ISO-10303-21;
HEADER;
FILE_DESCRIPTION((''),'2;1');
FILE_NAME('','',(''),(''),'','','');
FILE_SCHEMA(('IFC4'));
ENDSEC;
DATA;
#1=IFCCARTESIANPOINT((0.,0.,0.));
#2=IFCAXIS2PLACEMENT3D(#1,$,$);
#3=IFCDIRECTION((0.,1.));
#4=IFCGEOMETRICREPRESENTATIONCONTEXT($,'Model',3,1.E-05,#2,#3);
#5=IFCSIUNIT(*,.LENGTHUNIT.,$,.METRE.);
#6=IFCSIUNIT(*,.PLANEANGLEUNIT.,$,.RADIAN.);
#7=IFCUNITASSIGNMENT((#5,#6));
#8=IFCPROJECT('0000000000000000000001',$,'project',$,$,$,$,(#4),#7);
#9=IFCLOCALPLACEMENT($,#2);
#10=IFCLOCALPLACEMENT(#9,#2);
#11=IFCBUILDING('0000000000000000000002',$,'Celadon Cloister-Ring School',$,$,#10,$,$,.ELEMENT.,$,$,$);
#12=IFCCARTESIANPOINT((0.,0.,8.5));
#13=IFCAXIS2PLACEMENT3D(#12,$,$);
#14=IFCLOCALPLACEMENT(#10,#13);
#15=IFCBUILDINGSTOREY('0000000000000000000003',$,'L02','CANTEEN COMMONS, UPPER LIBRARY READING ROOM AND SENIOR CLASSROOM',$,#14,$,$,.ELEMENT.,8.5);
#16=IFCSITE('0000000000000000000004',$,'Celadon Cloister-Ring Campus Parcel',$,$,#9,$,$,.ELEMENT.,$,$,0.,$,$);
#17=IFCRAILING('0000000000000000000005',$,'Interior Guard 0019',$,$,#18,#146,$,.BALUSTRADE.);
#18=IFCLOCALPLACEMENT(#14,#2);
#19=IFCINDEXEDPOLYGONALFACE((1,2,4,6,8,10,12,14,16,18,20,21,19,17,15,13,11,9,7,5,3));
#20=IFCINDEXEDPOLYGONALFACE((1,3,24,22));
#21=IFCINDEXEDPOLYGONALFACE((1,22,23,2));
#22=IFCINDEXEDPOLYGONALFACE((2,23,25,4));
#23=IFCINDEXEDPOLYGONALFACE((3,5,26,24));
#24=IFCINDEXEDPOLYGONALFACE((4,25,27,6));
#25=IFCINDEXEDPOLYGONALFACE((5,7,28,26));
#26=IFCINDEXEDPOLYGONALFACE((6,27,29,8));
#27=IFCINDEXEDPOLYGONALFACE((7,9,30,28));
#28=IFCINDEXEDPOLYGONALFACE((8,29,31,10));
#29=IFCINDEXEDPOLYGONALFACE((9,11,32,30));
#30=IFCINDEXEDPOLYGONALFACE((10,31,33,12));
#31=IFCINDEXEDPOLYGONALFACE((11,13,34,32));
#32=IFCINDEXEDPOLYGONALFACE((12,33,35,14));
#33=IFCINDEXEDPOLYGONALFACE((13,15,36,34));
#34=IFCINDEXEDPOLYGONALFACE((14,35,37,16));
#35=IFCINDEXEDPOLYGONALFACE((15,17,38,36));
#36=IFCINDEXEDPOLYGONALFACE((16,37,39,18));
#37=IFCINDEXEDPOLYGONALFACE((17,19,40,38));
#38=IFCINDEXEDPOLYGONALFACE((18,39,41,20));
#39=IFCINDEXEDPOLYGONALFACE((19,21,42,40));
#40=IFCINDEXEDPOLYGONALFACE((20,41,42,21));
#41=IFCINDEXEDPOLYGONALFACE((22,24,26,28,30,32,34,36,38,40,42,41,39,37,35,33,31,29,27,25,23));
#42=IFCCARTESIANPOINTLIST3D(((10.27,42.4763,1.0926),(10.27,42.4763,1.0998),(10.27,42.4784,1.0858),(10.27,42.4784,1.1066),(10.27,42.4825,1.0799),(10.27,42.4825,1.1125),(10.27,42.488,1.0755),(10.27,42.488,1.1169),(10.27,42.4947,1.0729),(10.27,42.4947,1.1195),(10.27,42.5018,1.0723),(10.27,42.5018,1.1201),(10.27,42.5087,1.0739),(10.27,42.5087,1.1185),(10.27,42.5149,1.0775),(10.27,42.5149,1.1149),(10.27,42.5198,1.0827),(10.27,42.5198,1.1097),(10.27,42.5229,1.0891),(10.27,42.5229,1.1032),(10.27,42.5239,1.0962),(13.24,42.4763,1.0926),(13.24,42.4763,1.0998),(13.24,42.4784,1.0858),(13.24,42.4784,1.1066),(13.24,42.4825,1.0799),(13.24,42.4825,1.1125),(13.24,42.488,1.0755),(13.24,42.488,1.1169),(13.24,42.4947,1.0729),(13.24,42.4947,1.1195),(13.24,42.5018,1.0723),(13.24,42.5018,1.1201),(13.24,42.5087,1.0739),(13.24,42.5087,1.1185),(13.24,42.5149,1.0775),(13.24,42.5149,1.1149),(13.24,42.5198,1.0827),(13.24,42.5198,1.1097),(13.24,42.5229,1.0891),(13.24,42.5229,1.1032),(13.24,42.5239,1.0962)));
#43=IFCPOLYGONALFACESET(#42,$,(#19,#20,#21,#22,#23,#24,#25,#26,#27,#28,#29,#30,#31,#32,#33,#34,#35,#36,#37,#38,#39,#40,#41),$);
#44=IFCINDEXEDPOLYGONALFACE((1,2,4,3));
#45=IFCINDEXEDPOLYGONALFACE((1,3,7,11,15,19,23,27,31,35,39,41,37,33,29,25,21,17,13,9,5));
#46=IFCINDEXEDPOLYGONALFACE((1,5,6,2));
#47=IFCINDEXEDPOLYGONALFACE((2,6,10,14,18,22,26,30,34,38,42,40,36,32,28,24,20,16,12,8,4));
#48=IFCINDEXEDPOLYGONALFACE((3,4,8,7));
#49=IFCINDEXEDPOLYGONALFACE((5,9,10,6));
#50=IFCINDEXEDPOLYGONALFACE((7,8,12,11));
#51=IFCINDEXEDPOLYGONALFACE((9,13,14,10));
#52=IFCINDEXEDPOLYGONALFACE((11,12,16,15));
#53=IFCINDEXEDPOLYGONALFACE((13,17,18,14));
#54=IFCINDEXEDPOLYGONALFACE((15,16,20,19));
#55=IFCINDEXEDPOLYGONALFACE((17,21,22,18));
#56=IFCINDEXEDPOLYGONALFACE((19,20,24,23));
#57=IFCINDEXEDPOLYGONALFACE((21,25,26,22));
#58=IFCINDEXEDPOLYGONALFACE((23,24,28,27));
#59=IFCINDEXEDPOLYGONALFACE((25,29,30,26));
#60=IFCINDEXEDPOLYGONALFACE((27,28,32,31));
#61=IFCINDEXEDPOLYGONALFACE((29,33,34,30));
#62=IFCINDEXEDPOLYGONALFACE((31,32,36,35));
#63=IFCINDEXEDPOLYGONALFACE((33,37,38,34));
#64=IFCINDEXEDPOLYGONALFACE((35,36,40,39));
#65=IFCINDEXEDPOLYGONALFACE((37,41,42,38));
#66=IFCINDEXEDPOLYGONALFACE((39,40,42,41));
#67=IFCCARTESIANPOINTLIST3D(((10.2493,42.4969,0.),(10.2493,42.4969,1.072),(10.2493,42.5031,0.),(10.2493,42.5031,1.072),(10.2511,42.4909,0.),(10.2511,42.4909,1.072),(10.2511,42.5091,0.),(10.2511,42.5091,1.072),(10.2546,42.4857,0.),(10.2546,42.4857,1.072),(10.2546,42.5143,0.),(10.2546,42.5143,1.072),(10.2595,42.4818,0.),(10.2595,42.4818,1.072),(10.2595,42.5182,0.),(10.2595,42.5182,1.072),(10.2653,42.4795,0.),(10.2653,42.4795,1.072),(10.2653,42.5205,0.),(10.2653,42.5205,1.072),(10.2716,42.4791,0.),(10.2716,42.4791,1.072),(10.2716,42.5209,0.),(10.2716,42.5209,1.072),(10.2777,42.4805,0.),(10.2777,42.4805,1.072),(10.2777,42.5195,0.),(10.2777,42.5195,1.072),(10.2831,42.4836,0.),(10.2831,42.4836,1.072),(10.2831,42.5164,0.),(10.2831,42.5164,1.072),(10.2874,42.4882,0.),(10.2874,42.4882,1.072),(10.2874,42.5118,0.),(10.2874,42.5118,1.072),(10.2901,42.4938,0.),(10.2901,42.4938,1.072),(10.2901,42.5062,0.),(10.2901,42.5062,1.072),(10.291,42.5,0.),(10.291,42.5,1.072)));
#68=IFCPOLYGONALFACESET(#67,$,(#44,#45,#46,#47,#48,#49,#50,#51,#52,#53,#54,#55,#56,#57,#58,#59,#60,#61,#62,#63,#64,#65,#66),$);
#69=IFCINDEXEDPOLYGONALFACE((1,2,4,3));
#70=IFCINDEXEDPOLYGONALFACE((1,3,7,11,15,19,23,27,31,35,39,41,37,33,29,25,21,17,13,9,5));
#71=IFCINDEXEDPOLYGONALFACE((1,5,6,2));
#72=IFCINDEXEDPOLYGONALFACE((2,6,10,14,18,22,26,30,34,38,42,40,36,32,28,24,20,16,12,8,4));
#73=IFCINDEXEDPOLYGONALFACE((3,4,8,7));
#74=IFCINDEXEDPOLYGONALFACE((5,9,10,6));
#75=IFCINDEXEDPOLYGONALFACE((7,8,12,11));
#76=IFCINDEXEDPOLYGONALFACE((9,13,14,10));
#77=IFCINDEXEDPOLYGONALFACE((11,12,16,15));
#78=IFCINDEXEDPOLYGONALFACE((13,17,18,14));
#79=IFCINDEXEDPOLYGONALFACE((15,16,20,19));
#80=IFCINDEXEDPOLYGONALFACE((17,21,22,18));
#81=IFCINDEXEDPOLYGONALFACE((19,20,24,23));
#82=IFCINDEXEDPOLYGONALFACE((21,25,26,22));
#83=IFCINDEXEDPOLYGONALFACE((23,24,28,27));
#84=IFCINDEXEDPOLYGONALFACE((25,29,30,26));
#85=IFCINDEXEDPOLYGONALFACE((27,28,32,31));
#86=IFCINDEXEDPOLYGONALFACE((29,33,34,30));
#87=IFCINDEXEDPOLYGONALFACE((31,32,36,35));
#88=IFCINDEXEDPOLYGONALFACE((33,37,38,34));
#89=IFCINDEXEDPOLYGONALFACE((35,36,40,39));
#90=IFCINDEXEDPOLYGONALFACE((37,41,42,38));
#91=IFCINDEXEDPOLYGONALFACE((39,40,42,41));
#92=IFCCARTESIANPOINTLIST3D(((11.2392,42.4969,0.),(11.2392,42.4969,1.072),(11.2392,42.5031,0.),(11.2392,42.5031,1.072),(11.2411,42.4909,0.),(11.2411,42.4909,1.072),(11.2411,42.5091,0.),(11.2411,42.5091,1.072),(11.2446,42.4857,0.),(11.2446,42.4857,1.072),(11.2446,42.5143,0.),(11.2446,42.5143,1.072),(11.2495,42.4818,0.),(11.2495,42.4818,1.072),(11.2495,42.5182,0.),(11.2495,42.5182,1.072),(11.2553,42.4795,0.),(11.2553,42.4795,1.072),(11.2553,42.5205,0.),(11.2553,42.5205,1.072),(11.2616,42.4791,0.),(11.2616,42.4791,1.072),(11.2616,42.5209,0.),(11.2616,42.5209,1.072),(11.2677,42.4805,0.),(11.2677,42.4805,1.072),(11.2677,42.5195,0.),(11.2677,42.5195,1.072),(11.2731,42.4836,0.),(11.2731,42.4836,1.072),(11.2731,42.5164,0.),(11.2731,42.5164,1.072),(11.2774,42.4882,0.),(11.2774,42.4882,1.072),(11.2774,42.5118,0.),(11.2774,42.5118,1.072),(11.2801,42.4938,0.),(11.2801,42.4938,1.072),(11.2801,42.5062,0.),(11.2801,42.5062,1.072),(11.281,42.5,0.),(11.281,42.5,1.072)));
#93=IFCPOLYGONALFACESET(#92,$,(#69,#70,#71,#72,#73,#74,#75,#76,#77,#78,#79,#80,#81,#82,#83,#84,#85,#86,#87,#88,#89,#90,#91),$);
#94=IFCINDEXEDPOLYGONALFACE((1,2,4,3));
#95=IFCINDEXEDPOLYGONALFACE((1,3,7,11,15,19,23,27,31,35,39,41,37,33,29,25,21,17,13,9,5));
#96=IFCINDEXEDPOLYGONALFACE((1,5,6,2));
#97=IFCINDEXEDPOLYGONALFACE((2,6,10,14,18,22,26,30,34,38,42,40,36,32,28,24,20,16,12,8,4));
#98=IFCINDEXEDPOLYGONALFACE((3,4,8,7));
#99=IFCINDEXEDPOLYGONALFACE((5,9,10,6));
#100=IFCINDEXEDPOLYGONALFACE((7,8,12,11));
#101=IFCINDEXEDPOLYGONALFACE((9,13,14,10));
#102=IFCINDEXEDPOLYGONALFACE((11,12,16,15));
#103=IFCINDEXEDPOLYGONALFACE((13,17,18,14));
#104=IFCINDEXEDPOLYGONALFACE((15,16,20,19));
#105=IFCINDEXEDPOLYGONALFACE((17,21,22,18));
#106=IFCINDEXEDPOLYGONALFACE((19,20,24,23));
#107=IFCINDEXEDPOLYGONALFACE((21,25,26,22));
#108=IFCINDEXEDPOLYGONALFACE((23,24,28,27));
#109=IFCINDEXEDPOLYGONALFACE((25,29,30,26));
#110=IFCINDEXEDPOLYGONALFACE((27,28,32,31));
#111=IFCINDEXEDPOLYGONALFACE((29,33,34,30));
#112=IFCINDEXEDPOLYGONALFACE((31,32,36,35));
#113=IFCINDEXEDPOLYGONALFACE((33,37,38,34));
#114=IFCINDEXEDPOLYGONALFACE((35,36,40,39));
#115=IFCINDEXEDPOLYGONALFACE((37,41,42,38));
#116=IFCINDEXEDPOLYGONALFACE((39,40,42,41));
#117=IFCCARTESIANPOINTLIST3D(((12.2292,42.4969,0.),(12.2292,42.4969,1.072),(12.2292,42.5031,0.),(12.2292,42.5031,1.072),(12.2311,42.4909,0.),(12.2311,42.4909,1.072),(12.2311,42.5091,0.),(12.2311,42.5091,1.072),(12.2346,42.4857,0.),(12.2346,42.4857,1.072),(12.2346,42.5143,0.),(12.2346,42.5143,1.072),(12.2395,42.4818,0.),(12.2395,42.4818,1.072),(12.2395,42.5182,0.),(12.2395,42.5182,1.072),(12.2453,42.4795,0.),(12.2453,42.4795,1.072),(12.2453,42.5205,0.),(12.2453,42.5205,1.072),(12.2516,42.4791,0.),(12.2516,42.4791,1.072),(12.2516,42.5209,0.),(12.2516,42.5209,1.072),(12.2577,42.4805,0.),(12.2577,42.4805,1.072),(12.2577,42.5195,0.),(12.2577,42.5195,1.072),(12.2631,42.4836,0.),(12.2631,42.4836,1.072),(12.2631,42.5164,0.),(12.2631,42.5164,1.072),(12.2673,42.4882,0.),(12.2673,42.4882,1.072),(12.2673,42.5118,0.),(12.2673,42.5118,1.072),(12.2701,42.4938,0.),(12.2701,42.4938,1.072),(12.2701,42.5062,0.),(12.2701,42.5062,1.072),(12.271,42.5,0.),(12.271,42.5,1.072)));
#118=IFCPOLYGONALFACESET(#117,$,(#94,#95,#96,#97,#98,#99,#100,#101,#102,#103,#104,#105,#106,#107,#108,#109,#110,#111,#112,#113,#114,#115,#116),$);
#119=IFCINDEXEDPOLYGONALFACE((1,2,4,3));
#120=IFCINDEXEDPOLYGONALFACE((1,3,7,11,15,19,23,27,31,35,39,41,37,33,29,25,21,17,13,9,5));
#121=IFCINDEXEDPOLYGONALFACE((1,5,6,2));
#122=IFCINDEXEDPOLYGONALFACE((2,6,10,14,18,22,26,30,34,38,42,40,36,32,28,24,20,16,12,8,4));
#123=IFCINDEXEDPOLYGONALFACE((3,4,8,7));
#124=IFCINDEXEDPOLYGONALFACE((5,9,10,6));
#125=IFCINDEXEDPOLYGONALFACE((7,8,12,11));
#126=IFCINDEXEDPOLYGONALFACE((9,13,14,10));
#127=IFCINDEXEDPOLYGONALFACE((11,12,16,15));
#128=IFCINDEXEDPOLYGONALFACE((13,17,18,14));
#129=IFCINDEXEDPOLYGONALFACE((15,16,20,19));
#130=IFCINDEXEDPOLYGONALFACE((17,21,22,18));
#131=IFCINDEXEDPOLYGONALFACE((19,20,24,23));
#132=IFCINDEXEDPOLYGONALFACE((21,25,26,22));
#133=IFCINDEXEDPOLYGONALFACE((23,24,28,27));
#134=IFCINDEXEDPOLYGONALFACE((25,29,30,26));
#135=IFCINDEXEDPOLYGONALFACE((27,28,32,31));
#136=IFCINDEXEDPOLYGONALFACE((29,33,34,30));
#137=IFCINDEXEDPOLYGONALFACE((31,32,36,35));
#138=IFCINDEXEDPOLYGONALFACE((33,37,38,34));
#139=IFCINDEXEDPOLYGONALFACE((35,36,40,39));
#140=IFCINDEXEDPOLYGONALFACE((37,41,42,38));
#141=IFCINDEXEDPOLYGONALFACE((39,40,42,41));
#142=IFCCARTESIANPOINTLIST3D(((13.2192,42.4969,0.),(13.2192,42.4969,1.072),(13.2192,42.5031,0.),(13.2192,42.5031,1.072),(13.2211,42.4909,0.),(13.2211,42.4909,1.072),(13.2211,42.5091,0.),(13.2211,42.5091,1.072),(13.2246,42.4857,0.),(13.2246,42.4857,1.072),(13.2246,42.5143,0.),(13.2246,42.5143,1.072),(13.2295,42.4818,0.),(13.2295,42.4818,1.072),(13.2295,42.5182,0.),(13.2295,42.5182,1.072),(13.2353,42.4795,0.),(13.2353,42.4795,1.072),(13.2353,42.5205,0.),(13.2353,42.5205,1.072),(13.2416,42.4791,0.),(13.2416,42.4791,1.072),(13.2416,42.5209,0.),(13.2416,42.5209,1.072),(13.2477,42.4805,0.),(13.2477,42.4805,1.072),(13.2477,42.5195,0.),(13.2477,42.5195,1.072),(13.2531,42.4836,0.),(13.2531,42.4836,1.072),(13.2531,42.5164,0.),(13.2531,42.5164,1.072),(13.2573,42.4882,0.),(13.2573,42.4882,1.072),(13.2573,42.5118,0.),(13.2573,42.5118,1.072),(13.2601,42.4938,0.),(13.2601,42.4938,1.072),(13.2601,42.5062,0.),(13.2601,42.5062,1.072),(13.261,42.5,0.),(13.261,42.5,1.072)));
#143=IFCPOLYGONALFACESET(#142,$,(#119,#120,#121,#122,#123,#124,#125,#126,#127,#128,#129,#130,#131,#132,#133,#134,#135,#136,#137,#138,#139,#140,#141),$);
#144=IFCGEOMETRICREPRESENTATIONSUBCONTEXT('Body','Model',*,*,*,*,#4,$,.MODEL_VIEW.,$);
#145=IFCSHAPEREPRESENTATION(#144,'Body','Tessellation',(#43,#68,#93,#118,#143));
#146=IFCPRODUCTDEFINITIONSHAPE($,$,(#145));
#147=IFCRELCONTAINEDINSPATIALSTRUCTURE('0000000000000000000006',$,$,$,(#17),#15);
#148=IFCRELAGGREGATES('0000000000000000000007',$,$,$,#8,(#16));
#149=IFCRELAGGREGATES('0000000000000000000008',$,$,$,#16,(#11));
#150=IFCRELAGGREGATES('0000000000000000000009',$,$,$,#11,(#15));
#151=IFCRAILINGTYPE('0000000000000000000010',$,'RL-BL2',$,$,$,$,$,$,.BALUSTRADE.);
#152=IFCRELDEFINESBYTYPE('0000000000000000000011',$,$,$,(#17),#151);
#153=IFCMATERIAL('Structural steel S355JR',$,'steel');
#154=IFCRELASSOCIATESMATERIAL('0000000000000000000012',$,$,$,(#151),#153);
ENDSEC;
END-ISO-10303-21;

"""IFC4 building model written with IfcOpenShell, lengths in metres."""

from ifc_helpers import new_model, si_unit, direction, frame, origin, origin_2d, place, context, subcontext, project, spatial, circle, extrude, material, type_object, element, save


model = new_model("IFC4")

# Units and contexts
model_context = context("Model", 3, precision=1e-05, world=origin(), true_north=direction((0.0, 1.0)))
body_context = subcontext(model_context, "Body", "Model", "MODEL_VIEW")
ifc_project = project(units=[si_unit("LENGTHUNIT", "METRE"), si_unit("PLANEANGLEUNIT", "RADIAN")], contexts=[model_context])

# Site, building, storey
site_placement = place(None, origin())
site = spatial("IfcSite", under=ifc_project, at=site_placement, Name="Celadon Cloister-Ring Campus Parcel", CompositionType="ELEMENT", RefElevation=0.0)
building_placement = place(site_placement, origin())
building = spatial("IfcBuilding", under=site, at=building_placement, Name="Celadon Cloister-Ring School", CompositionType="ELEMENT")
storey_placement = place(building_placement, frame((0.0, 0.0, 8.5)))
storey = spatial("IfcBuildingStorey", under=building, at=storey_placement, Name="L02", Description="CANTEEN COMMONS, UPPER LIBRARY READING ROOM AND SENIOR CLASSROOM", CompositionType="ELEMENT", Elevation=8.5)

# Railing
ifc_material_1 = material(Name="Structural steel S355JR", Category="steel")
railing_type_1 = type_object("IfcRailingType", Name="RL-BL2", PredefinedType="BALUSTRADE", material=ifc_material_1)
railing_1_placement = place(storey_placement, frame((10.27, 42.5, 0.0)))
element("IfcRailing", 1, at=railing_1_placement, inside=storey, type_object=railing_type_1, Name="Interior Guard 0019", PredefinedType="BALUSTRADE", context=body_context, shape_type="SweptSolid", body=[
    extrude(circle(Radius=0.0239, at=origin_2d()), frame((0.0, 0.0, 1.0962), z_axis=(1.0, 0.0, 0.0), x_axis=(0.0, 1.0, 0.0)), (0.0, 0.0, 1.0), 2.97),
    extrude(circle(Radius=0.021, at=origin_2d()), origin(), (0.0, 0.0, 1.0), 1.072),
    extrude(circle(Radius=0.021, at=origin_2d()), frame((0.99, 0.0, 0.0)), (0.0, 0.0, 1.0), 1.072),
    extrude(circle(Radius=0.021, at=origin_2d()), frame((1.98, 0.0, 0.0)), (0.0, 0.0, 1.0), 1.072),
    extrude(circle(Radius=0.021, at=origin_2d()), frame((2.97, 0.0, 0.0)), (0.0, 0.0, 1.0), 1.072),
])

save(model, "model.ifc")
